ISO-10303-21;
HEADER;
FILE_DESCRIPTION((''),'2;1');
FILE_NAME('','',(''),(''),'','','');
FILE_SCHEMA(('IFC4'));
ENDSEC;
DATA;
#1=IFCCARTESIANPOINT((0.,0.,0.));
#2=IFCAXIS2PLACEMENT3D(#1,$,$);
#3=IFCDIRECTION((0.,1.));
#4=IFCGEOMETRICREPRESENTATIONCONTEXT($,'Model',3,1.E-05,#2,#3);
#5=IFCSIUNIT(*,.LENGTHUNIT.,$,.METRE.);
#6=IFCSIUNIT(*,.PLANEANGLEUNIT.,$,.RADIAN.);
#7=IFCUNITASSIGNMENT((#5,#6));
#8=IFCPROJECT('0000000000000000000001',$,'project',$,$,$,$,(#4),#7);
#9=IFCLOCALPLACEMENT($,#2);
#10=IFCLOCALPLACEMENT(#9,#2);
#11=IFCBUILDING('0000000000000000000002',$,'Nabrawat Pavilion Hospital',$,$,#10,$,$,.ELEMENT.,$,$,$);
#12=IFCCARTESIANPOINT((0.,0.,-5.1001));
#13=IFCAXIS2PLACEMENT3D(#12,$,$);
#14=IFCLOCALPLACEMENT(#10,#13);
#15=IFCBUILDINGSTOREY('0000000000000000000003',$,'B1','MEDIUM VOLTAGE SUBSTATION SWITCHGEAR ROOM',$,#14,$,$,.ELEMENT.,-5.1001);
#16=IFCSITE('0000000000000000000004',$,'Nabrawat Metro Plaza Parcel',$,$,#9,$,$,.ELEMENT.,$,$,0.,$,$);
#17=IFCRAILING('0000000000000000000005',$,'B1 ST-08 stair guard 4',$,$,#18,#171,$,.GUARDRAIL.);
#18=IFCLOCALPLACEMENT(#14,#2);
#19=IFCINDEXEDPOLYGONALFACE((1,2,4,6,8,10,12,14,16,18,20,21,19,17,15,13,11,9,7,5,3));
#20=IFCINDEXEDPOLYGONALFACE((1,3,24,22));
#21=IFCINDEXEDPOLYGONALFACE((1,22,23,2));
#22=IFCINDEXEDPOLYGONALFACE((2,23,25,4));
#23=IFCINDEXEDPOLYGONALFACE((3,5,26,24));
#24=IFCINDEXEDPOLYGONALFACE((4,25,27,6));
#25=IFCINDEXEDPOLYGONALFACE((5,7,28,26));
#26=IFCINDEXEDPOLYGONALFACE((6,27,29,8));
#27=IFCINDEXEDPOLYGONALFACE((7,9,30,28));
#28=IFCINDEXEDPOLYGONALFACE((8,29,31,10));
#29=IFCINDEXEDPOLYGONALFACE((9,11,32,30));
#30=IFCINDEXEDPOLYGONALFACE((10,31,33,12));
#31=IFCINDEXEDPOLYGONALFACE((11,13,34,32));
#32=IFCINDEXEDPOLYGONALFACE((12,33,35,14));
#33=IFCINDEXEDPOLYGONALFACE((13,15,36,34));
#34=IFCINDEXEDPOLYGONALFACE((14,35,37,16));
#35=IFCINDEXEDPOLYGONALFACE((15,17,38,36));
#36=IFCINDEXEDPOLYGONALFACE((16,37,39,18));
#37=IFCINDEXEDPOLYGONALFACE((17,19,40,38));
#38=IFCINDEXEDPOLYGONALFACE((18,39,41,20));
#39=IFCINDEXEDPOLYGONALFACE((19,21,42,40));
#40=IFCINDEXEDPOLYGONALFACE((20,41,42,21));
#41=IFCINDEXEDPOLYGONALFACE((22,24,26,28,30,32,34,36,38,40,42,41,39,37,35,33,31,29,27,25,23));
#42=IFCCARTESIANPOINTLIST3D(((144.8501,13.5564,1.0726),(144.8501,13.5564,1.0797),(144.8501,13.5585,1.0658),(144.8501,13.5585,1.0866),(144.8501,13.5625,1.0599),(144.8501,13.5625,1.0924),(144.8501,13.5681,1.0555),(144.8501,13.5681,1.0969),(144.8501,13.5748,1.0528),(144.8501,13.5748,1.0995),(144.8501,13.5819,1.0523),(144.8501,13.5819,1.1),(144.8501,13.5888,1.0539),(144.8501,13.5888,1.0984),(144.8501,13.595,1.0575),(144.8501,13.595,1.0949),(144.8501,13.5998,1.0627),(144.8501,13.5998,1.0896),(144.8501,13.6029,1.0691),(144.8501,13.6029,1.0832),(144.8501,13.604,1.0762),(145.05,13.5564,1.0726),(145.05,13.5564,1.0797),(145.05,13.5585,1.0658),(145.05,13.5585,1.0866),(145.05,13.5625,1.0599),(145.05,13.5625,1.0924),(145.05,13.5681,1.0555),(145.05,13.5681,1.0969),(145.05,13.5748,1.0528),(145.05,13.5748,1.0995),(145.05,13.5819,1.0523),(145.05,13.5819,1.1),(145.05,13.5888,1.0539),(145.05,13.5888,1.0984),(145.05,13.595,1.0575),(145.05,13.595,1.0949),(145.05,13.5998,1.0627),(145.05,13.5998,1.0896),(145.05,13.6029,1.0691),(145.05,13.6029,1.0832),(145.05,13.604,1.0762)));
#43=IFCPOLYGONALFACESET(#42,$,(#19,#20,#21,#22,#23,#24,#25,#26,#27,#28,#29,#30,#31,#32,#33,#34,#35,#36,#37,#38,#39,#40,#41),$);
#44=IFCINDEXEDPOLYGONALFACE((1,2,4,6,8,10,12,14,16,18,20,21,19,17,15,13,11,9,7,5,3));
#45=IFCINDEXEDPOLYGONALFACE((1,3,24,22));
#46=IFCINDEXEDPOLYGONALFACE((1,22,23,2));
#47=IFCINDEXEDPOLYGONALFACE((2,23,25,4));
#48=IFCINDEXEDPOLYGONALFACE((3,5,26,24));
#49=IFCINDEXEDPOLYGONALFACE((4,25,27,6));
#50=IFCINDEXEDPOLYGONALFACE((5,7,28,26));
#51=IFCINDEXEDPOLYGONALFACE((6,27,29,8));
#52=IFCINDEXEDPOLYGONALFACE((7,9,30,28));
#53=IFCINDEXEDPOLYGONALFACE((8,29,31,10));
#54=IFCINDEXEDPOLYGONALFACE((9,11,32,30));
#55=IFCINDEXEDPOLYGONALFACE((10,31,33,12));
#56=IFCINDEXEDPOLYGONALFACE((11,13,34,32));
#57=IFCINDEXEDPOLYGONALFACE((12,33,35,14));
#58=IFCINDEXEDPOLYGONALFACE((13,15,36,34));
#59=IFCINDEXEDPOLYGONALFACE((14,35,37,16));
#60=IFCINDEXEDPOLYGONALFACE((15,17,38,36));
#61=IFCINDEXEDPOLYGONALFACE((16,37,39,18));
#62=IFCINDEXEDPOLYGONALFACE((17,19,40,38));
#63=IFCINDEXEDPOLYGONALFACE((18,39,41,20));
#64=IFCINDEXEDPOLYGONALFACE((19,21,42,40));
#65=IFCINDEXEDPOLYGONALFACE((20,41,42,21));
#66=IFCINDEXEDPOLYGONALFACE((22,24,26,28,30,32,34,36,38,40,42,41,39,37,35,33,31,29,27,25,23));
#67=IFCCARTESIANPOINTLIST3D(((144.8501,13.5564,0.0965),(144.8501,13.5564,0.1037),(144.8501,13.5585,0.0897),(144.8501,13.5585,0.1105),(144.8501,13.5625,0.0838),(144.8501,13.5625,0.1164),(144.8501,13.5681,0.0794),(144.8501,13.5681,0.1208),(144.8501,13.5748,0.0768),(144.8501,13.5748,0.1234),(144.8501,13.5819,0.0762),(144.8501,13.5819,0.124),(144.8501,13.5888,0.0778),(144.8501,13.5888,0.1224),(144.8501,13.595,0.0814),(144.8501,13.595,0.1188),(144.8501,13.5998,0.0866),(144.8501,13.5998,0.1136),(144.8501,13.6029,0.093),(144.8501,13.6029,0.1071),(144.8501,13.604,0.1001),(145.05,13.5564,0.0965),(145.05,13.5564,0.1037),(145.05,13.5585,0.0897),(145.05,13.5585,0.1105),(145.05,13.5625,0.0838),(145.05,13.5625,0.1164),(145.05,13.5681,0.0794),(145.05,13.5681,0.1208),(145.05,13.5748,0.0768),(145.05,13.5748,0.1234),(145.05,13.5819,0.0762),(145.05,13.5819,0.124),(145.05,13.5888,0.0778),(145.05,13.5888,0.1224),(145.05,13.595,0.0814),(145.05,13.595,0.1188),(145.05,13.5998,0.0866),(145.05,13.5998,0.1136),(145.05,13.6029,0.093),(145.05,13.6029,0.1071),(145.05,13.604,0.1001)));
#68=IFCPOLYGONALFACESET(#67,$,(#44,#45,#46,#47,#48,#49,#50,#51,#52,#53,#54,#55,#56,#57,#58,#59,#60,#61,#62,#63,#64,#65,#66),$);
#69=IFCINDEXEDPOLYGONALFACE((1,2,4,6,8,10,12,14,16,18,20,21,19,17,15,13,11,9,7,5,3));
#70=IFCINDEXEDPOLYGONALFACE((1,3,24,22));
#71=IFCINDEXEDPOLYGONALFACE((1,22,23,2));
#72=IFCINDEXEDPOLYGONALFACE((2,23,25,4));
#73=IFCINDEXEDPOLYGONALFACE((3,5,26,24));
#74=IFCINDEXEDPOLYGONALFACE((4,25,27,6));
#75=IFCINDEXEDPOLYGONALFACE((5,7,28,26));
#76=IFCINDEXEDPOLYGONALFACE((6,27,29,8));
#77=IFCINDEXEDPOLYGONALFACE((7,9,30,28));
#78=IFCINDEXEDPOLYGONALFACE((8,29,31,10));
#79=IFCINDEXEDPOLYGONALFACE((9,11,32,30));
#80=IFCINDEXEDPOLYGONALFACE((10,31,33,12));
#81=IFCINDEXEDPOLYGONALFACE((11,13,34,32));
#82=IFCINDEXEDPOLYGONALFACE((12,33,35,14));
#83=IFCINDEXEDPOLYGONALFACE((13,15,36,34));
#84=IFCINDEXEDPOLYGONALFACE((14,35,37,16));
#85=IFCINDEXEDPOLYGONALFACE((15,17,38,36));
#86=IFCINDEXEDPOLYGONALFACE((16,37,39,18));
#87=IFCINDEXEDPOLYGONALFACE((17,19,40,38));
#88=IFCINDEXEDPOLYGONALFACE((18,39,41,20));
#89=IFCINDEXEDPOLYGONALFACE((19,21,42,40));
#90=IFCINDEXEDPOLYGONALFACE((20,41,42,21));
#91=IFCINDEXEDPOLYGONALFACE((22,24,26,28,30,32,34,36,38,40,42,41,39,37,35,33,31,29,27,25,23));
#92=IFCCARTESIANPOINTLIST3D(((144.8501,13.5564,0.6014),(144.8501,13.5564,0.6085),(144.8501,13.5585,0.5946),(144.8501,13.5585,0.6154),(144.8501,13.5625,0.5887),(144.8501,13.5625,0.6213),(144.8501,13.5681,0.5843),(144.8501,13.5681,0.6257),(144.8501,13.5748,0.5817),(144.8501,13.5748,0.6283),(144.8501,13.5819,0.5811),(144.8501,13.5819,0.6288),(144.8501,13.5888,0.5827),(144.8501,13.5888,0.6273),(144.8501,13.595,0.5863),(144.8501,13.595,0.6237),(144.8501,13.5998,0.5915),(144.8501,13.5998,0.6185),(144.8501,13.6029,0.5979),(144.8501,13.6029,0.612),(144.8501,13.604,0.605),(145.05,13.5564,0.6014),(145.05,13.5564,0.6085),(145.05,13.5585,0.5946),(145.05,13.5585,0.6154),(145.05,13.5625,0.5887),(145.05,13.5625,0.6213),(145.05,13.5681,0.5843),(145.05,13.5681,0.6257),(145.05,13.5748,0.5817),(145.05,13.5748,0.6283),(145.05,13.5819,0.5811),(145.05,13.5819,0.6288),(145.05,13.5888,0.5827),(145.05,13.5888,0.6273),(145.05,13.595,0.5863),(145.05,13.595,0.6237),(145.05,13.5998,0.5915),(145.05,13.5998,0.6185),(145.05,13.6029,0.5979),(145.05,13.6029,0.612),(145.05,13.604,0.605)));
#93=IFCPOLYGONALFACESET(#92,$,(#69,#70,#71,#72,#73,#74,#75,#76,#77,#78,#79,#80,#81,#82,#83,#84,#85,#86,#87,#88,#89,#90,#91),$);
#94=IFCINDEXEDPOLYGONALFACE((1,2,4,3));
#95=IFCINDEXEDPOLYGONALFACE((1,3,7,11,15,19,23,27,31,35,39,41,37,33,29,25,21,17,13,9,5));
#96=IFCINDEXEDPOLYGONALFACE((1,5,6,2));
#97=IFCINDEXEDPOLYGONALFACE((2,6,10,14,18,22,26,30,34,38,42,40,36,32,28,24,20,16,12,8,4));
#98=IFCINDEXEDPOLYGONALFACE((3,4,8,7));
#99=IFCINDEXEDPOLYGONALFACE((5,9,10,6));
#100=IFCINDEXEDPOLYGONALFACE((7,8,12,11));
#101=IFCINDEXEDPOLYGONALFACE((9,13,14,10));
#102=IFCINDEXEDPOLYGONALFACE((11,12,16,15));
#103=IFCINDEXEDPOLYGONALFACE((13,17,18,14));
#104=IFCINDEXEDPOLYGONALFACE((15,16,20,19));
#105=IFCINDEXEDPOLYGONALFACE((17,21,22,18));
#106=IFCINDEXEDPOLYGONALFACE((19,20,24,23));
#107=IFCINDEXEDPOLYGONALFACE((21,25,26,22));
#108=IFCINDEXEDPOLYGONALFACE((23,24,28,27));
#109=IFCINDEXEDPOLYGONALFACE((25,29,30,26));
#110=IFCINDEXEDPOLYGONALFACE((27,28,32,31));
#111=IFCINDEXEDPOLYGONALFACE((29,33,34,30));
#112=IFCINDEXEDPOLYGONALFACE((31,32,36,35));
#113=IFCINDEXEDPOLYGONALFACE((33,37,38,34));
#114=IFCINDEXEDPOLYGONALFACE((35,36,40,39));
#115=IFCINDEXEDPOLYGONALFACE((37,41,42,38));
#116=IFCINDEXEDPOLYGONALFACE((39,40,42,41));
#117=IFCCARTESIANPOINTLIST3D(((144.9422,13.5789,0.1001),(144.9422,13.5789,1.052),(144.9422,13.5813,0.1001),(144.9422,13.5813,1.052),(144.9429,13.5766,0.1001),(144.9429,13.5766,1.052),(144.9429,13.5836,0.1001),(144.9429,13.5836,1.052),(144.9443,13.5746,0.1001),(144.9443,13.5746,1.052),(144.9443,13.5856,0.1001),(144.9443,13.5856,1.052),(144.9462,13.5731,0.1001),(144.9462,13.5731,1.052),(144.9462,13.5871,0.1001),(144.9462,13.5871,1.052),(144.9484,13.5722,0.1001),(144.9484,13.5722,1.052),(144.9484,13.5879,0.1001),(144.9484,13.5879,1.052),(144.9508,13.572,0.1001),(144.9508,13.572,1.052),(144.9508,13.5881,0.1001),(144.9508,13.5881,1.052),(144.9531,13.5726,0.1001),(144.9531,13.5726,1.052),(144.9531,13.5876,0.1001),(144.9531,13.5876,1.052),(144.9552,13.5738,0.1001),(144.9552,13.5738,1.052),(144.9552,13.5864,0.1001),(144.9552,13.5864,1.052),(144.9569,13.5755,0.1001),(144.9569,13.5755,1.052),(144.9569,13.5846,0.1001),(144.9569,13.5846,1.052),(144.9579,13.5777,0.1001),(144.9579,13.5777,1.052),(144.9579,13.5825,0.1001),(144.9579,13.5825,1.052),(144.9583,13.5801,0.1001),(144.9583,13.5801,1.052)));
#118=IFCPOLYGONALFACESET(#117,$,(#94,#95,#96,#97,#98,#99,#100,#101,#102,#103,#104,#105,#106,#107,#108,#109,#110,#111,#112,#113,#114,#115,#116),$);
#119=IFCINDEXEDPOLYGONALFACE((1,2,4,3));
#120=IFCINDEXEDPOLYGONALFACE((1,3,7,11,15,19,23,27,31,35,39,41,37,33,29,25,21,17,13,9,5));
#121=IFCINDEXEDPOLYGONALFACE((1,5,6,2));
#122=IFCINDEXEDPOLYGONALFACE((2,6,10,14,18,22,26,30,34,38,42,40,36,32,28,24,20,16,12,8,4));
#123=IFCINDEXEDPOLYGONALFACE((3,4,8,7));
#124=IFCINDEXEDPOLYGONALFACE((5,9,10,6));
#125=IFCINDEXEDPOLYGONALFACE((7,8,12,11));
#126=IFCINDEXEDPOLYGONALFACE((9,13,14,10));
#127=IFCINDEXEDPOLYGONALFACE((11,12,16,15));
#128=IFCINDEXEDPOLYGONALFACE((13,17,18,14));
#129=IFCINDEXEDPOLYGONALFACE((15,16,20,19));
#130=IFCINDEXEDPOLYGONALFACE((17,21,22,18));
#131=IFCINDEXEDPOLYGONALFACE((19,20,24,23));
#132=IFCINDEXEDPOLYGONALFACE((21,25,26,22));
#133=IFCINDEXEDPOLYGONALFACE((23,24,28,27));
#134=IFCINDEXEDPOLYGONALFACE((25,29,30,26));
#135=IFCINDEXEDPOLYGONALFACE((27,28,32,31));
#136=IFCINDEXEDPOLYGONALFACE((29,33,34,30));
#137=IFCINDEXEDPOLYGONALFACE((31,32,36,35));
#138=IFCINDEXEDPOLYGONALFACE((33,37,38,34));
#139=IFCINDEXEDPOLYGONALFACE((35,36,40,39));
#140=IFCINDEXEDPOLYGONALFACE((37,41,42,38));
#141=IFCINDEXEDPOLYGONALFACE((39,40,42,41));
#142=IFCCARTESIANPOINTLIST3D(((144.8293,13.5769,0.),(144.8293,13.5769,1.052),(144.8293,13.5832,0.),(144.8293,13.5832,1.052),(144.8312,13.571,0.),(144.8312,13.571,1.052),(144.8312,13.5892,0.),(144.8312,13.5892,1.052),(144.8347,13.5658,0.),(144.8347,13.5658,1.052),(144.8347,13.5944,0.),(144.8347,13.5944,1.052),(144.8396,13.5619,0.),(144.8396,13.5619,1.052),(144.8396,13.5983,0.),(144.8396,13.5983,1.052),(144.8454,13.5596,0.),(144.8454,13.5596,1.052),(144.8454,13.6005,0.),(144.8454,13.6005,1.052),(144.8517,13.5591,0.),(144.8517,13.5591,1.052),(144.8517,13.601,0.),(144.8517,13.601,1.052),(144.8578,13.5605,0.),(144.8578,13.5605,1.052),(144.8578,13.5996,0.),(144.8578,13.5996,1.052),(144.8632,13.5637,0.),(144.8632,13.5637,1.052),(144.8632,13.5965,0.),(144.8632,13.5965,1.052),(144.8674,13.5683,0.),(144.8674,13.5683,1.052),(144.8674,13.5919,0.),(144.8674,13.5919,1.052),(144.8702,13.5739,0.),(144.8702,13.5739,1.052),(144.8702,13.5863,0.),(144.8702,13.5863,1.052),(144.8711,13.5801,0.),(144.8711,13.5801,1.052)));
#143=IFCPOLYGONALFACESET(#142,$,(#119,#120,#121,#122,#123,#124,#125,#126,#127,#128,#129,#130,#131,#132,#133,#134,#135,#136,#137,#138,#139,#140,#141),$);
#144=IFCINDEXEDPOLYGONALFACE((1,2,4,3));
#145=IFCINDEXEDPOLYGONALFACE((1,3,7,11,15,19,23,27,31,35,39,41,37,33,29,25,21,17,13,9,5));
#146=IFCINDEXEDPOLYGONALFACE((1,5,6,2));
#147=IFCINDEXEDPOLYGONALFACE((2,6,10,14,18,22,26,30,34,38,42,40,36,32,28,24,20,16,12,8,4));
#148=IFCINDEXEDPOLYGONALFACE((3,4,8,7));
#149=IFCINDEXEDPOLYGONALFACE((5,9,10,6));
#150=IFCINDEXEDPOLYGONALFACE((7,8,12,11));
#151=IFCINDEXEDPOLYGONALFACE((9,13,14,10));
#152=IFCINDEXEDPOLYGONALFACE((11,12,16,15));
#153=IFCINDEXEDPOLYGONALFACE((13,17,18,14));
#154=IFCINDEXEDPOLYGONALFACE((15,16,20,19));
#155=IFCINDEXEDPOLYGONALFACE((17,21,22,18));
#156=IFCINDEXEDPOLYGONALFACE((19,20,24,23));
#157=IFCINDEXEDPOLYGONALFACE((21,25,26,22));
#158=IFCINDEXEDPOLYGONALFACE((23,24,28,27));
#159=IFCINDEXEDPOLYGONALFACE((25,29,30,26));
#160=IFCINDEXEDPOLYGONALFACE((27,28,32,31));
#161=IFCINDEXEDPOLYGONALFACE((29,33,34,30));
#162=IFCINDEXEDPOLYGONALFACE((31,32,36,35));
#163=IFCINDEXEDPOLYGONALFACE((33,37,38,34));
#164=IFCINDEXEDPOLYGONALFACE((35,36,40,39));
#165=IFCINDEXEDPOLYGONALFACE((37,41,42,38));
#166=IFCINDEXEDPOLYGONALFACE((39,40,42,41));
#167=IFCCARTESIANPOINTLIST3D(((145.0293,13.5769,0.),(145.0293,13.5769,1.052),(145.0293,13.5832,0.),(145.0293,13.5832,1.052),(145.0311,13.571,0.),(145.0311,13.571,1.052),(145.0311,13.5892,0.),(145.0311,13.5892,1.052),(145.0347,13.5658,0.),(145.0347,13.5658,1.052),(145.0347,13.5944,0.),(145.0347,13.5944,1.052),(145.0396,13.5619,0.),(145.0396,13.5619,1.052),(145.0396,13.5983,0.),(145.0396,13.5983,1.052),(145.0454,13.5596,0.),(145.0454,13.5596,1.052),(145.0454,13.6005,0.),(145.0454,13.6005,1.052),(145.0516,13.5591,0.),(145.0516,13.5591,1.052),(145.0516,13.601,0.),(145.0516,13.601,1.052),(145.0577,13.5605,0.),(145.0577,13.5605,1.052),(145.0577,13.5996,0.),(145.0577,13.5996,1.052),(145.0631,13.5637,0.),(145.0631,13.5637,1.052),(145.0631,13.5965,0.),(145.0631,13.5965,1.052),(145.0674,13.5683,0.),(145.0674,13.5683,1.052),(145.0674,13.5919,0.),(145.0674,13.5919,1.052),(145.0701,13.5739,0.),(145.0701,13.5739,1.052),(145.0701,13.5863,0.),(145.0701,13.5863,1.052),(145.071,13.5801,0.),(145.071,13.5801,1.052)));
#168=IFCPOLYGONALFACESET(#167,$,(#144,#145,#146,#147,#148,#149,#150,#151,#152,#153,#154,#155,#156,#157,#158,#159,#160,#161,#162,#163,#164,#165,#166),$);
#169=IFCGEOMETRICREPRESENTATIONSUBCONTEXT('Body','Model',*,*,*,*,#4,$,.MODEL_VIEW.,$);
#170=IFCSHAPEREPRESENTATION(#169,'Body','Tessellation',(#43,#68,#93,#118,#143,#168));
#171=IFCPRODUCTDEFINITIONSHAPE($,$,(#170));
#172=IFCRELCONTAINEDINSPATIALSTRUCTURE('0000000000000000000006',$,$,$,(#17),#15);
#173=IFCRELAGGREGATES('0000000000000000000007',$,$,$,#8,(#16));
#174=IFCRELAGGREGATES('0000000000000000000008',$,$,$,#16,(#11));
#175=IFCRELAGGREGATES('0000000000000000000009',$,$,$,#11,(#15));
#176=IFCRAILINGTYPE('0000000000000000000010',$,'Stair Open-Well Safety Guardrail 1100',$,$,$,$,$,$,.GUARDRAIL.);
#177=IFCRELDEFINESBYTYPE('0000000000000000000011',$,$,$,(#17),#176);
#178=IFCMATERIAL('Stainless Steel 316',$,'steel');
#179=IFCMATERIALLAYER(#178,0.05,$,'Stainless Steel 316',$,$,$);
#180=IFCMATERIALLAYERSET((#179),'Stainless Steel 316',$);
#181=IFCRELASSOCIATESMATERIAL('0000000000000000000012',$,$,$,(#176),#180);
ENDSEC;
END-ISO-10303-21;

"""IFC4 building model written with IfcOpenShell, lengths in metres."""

from ifc_helpers import new_model, si_unit, direction, frame, origin, origin_2d, place, context, subcontext, project, spatial, circle, extrude, material, layer, layer_set, type_object, element, save


model = new_model("IFC4")

# Units and contexts
model_context = context("Model", 3, precision=1e-05, world=origin(), true_north=direction((0.0, 1.0)))
body_context = subcontext(model_context, "Body", "Model", "MODEL_VIEW")
ifc_project = project(units=[si_unit("LENGTHUNIT", "METRE"), si_unit("PLANEANGLEUNIT", "RADIAN")], contexts=[model_context])

# Site, building, storey
site_placement = place(None, origin())
site = spatial("IfcSite", under=ifc_project, at=site_placement, Name="Nabrawat Metro Plaza Parcel", CompositionType="ELEMENT", RefElevation=0.0)
building_placement = place(site_placement, origin())
building = spatial("IfcBuilding", under=site, at=building_placement, Name="Nabrawat Pavilion Hospital", CompositionType="ELEMENT")
storey_placement = place(building_placement, frame((0.0, 0.0, -5.1001)))
storey = spatial("IfcBuildingStorey", under=building, at=storey_placement, Name="B1", Description="MEDIUM VOLTAGE SUBSTATION SWITCHGEAR ROOM", CompositionType="ELEMENT", Elevation=-5.1001)

# Railing
ifc_material_1 = material(Name="Stainless Steel 316", Category="steel")
ifc_layer_1 = layer(ifc_material_1, 0.05, Name="Stainless Steel 316")
ifc_layer_set_1 = layer_set([ifc_layer_1], Name="Stainless Steel 316")
railing_type_1 = type_object("IfcRailingType", Name="Stair Open-Well Safety Guardrail 1100", PredefinedType="GUARDRAIL", material=ifc_layer_set_1)
railing_1_placement = place(storey_placement, frame((144.8501, 13.5801, 0.0)))
element("IfcRailing", 1, at=railing_1_placement, inside=storey, type_object=railing_type_1, Name="B1 ST-08 stair guard 4", PredefinedType="GUARDRAIL", context=body_context, shape_type="SweptSolid", body=[
    extrude(circle(Radius=0.0239, at=origin_2d()), frame((0.0, 0.0, 1.0762), z_axis=(1.0, 0.0, 0.0), x_axis=(0.0, 1.0, 0.0)), (0.0, 0.0, 1.0), 0.2),
    extrude(circle(Radius=0.0239, at=origin_2d()), frame((0.0, 0.0, 0.1001), z_axis=(1.0, 0.0, 0.0), x_axis=(0.0, 1.0, 0.0)), (0.0, 0.0, 1.0), 0.2),
    extrude(circle(Radius=0.0239, at=origin_2d()), frame((0.0, 0.0, 0.605), z_axis=(1.0, 0.0, 0.0), x_axis=(0.0, 1.0, 0.0)), (0.0, 0.0, 1.0), 0.2),
    extrude(circle(Radius=0.0081, at=origin_2d()), frame((0.1001, 0.0, 0.1001)), (0.0, 0.0, 1.0), 0.9519),
    extrude(circle(Radius=0.021, at=origin_2d()), origin(), (0.0, 0.0, 1.0), 1.052),
    extrude(circle(Radius=0.021, at=origin_2d()), frame((0.2, 0.0, 0.0)), (0.0, 0.0, 1.0), 1.052),
])

save(model, "model.ifc")
